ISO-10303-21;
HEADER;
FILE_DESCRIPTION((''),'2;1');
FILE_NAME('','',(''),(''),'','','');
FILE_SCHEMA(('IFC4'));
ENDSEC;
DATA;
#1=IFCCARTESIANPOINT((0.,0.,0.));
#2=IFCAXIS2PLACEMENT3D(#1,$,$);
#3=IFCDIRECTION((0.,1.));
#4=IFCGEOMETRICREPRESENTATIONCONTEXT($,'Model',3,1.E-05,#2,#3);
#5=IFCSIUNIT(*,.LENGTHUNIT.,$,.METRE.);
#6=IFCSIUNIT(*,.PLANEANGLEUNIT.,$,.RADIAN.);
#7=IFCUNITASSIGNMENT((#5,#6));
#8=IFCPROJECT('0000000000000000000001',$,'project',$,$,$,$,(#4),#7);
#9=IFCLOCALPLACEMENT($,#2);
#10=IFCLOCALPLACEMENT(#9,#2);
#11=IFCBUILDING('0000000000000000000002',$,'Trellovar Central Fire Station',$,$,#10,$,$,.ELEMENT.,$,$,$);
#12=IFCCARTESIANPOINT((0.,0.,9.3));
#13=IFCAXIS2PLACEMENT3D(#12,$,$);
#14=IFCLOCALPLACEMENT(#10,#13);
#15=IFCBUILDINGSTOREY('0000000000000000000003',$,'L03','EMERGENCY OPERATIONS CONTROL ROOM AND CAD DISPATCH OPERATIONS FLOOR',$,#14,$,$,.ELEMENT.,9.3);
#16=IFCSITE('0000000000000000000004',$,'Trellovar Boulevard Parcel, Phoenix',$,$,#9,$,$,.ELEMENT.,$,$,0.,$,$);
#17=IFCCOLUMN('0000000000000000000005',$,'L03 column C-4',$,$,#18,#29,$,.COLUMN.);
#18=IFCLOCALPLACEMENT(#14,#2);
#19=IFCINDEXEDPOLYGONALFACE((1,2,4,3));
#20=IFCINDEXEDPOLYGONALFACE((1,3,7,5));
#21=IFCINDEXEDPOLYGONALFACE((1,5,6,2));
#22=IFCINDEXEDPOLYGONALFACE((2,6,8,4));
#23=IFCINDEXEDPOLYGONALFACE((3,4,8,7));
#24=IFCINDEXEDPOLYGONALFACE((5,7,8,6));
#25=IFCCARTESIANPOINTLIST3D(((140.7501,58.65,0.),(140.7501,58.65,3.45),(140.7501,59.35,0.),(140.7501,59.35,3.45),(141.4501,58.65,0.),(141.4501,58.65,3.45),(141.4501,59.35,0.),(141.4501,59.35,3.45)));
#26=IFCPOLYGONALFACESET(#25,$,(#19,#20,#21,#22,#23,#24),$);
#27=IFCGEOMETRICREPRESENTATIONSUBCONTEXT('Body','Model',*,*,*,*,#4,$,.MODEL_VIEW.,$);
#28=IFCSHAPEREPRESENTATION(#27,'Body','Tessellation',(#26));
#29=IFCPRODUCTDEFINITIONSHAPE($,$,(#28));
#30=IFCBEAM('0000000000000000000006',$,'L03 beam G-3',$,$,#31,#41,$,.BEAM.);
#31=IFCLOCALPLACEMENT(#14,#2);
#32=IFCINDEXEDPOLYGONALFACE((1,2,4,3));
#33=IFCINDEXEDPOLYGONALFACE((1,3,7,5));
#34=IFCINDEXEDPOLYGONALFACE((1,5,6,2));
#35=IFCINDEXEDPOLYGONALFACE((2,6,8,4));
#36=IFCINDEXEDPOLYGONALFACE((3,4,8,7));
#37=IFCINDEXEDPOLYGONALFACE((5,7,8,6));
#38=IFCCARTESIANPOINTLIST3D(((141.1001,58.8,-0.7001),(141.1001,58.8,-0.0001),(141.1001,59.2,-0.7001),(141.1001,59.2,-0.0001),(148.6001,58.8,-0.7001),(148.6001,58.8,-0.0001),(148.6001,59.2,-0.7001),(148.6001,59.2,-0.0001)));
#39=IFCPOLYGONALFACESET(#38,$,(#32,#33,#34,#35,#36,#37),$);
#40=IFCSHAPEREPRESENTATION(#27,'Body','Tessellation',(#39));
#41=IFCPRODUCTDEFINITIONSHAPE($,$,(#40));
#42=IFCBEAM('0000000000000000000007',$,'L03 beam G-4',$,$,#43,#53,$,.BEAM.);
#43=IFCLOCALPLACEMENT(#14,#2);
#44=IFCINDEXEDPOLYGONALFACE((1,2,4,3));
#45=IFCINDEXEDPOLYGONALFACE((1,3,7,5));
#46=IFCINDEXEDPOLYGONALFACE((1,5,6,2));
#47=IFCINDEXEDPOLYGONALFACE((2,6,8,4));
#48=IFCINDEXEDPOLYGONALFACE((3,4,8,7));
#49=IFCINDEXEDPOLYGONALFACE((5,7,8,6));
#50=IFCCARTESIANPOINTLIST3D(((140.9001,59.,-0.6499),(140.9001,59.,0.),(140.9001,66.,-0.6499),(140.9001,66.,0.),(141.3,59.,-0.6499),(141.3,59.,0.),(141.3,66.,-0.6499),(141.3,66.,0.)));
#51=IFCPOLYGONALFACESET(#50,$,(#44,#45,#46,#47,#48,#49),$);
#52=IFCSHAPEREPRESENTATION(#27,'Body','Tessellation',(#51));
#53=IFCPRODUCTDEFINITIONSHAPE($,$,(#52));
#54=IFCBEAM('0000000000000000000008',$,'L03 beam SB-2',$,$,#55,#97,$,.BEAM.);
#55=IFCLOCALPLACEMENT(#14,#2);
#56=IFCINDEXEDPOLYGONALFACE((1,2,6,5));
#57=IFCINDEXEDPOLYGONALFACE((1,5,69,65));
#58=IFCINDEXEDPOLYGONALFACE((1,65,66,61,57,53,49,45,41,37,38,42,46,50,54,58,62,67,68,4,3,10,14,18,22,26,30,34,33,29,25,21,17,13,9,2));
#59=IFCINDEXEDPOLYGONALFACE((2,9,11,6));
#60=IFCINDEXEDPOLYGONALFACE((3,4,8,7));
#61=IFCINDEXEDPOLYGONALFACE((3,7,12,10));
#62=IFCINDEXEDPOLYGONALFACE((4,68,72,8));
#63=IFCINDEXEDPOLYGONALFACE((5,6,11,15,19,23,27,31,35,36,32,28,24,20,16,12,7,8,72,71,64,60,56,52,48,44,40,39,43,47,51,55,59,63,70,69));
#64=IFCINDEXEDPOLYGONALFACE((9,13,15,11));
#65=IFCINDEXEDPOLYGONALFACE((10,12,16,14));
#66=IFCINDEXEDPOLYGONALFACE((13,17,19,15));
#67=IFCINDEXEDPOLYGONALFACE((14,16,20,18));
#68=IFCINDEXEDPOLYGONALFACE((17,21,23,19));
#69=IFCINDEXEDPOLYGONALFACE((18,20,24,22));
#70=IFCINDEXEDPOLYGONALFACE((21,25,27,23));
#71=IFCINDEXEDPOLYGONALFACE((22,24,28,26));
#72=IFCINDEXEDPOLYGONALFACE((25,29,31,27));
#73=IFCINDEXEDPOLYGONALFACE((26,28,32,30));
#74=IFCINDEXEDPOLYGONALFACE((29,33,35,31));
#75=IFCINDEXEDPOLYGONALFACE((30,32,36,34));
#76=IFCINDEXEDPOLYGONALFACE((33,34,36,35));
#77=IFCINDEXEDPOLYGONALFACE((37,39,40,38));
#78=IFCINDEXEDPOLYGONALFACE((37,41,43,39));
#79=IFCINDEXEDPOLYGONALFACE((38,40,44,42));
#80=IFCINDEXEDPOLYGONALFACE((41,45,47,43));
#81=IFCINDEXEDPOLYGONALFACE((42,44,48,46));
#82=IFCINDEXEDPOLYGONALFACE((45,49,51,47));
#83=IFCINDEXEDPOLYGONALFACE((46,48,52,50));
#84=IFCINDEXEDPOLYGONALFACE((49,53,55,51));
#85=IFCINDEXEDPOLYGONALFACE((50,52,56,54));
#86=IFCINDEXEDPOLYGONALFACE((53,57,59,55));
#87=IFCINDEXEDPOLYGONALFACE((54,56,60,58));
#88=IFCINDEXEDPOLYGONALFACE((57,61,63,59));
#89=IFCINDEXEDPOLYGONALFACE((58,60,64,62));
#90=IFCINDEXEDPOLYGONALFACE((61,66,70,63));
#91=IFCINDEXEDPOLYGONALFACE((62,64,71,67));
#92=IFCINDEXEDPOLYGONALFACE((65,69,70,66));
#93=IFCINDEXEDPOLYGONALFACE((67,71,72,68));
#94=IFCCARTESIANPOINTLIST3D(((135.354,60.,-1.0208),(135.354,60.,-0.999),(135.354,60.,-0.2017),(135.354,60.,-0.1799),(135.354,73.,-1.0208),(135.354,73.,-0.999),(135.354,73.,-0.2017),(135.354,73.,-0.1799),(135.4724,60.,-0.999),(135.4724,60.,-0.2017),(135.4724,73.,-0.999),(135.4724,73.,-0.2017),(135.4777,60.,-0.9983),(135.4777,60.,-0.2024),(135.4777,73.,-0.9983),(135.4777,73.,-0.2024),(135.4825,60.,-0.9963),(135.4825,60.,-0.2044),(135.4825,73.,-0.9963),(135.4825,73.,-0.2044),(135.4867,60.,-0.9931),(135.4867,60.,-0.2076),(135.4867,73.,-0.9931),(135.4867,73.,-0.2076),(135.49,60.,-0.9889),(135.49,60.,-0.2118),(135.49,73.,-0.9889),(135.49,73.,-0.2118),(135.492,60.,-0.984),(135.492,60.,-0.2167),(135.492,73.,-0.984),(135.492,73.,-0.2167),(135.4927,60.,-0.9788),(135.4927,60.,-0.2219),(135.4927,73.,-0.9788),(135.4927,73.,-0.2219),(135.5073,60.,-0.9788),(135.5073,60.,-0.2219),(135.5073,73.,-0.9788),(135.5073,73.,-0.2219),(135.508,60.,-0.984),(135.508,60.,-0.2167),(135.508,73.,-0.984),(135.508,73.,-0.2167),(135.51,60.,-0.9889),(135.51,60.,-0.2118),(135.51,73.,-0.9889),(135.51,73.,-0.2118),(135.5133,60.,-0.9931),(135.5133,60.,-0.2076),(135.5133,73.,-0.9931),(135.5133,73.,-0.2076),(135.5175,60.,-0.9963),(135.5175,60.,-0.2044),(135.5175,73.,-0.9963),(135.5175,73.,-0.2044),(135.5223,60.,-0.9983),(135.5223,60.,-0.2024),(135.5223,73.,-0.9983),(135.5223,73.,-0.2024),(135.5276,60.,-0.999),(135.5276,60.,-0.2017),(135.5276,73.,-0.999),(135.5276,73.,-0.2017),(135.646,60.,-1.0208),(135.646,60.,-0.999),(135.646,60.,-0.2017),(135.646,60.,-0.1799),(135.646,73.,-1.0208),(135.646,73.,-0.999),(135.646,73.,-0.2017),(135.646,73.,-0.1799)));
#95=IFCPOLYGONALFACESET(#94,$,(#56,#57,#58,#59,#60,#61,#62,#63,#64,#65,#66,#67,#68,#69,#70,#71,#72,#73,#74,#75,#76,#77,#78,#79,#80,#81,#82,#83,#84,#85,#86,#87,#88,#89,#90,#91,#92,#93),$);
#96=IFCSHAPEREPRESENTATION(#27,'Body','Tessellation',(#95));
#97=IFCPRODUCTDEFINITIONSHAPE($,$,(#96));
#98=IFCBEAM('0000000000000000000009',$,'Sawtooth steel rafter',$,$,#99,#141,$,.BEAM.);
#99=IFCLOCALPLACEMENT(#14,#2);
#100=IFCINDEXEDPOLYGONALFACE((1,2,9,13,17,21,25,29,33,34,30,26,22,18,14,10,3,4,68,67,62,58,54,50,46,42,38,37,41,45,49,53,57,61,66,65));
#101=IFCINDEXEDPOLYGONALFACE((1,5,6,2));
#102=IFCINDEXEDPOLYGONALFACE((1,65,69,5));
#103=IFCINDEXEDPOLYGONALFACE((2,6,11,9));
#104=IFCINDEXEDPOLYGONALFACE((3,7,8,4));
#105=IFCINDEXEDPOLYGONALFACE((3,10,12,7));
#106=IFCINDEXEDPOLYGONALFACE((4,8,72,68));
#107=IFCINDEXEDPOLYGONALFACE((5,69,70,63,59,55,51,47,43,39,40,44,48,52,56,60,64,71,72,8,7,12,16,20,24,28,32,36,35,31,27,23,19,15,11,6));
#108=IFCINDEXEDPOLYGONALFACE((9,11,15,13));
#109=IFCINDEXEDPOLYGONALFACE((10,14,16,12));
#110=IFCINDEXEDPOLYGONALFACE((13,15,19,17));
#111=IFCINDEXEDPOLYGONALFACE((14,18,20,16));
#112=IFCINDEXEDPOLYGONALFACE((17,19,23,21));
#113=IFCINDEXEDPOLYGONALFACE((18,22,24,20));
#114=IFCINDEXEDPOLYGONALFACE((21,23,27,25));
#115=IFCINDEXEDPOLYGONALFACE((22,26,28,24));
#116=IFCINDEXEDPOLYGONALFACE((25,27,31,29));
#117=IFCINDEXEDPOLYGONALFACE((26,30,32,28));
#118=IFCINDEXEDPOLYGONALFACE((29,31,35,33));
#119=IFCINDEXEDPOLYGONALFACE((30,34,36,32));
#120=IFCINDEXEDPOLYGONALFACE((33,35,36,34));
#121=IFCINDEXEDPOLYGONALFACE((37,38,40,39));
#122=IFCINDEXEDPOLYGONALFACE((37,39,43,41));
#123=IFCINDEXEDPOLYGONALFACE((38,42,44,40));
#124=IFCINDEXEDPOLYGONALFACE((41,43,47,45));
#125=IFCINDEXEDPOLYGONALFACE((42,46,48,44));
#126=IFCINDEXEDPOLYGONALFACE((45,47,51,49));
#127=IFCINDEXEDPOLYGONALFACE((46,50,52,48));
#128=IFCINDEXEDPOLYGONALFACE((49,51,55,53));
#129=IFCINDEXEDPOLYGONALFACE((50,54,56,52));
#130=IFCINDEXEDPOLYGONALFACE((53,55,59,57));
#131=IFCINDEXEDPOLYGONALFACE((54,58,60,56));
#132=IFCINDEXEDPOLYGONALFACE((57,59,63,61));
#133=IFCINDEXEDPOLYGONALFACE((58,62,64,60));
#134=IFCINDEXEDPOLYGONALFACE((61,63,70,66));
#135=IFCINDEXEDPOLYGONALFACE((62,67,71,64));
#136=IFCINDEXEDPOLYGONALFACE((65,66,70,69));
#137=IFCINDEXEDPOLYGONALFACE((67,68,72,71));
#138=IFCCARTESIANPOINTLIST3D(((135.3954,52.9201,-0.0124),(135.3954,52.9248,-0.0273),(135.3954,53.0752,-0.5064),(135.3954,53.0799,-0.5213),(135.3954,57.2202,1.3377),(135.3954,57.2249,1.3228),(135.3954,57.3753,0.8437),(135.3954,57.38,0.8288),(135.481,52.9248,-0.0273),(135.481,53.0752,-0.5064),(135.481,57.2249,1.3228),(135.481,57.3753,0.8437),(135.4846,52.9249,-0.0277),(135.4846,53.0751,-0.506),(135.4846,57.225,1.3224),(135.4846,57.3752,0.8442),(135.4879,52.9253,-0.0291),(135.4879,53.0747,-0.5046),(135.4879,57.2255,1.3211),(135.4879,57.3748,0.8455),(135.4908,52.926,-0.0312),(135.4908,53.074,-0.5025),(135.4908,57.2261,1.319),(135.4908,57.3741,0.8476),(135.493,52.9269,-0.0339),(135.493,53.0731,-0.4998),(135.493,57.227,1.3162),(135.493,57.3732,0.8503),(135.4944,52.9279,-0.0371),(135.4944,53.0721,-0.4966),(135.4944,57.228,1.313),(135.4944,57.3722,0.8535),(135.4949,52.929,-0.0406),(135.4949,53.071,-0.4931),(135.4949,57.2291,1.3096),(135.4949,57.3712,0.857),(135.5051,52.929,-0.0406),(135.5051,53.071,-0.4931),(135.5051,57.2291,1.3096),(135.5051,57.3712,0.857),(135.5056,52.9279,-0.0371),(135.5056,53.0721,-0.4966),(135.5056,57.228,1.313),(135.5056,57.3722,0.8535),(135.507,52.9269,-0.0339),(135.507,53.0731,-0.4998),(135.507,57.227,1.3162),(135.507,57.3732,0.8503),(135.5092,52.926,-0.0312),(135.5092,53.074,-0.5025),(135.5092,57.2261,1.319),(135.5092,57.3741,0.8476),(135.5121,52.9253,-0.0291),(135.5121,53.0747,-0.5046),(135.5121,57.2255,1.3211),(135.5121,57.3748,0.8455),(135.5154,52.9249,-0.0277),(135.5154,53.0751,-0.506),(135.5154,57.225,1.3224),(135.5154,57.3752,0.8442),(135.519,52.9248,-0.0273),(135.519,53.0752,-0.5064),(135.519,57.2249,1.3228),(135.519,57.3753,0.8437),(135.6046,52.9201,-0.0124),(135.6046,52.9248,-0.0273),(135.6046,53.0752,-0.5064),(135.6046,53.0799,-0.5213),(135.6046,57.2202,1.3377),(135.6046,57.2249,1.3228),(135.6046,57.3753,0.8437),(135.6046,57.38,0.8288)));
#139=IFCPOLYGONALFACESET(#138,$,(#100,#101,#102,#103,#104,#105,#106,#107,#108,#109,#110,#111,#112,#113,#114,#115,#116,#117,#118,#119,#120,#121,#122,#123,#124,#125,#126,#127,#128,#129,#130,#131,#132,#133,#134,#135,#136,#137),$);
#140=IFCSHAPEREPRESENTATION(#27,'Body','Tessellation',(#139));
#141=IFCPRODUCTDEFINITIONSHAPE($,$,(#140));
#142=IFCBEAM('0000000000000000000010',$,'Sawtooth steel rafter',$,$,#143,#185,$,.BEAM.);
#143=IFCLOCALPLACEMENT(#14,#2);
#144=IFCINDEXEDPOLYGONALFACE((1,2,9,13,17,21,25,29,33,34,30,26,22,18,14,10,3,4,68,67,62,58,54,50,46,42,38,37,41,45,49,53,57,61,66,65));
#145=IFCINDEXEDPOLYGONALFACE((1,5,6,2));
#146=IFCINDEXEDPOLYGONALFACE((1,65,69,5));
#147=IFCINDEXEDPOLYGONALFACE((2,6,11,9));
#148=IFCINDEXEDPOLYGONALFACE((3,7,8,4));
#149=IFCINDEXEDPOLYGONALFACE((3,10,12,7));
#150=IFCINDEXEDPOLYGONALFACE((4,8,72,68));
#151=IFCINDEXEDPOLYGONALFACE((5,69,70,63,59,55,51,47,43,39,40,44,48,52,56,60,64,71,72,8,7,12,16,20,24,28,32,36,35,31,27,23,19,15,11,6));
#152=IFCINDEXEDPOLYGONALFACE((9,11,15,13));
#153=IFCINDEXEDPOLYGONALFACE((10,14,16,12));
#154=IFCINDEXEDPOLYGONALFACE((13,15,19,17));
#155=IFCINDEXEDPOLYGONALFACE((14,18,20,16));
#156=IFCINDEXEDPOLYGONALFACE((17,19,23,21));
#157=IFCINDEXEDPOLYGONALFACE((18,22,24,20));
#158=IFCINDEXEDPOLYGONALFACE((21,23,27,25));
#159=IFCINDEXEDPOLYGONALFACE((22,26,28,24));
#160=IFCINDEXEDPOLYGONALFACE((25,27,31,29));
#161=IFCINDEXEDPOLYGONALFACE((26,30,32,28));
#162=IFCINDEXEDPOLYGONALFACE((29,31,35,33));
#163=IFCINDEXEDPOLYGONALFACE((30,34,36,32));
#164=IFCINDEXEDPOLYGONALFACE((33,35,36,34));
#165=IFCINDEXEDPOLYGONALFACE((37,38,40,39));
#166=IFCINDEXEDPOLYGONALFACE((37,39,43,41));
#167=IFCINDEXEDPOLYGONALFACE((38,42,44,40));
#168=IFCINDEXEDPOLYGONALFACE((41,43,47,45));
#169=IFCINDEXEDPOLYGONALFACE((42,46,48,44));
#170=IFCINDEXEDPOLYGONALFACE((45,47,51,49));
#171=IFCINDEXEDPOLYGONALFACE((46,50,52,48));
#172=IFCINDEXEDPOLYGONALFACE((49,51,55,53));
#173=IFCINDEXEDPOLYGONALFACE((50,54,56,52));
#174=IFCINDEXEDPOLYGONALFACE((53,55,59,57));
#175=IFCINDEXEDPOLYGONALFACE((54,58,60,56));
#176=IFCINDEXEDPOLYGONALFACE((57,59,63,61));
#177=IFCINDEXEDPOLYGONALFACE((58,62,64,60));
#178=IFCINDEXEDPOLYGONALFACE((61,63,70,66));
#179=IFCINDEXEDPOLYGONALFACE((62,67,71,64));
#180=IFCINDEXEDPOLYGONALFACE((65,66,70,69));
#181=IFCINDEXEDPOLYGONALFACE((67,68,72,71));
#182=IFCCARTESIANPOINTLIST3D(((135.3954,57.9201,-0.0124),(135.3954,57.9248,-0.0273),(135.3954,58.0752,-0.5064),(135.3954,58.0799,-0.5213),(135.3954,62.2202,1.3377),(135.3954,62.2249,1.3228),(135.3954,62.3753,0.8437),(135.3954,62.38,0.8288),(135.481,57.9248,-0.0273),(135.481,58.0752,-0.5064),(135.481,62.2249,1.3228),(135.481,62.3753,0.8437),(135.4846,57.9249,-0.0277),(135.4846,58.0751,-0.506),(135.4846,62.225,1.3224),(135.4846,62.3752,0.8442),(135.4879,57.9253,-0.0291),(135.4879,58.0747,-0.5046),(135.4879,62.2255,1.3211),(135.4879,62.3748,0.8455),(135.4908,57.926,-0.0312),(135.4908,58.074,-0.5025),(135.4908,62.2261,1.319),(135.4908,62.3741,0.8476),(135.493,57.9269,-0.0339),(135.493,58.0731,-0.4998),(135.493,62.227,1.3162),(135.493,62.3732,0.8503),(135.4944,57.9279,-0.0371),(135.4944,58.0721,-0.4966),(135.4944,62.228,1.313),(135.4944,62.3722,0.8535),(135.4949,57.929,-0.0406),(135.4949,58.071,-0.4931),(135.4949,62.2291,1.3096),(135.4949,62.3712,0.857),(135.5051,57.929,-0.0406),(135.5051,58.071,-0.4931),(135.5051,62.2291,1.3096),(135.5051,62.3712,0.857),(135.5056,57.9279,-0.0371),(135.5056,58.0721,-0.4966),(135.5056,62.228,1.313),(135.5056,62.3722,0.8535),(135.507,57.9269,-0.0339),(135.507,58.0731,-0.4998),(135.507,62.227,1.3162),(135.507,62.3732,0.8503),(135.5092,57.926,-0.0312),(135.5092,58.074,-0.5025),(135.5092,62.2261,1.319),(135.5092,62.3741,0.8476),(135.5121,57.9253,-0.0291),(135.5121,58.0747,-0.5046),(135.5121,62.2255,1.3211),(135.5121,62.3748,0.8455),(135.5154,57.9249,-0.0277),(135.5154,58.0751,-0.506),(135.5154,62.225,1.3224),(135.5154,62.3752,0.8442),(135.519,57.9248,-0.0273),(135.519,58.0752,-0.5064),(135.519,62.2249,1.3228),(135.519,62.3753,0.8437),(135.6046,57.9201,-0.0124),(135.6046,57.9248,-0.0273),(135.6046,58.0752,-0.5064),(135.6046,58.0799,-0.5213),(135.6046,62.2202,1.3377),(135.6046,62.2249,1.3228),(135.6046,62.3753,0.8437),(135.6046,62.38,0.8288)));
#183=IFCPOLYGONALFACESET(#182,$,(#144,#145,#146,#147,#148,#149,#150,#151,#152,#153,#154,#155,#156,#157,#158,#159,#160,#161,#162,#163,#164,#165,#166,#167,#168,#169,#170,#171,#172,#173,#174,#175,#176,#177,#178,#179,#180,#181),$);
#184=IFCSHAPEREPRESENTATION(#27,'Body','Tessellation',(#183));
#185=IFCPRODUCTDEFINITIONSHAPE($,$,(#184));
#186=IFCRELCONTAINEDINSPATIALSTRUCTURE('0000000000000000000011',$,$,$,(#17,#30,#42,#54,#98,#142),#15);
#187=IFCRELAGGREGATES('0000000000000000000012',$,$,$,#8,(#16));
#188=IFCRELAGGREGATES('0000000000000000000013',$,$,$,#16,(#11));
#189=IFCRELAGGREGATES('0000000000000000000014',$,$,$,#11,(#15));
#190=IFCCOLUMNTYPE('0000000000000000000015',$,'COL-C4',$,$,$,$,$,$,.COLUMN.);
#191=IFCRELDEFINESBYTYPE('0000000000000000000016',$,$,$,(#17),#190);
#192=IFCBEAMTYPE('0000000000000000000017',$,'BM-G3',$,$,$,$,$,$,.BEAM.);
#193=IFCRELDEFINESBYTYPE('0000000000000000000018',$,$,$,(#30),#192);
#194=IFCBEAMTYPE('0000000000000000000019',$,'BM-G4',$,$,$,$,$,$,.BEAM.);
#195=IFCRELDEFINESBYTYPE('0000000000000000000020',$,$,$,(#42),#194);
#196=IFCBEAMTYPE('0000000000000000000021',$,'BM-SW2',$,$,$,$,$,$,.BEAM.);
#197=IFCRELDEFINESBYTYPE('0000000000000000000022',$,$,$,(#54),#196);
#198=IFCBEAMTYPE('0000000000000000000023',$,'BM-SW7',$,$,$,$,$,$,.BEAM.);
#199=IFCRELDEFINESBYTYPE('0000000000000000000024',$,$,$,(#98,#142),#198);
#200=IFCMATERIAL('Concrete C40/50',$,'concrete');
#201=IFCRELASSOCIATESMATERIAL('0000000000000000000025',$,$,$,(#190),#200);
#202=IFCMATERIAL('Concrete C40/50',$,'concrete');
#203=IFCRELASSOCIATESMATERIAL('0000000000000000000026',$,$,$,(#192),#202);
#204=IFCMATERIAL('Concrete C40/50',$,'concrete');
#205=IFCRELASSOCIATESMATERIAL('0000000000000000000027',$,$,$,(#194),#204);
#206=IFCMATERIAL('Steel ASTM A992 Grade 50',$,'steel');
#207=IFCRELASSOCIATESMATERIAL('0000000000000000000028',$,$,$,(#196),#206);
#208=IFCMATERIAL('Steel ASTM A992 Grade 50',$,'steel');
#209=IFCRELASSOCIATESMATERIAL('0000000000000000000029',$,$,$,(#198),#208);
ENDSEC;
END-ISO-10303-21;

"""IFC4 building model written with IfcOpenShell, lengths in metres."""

from ifc_helpers import new_model, si_unit, direction, frame, origin, origin_2d, place, context, subcontext, project, spatial, rectangle, i_section, extrude, material, material_profile, profile_set, type_object, element, save


model = new_model("IFC4")

# Units and contexts
model_context = context("Model", 3, precision=1e-05, world=origin(), true_north=direction((0.0, 1.0)))
body_context = subcontext(model_context, "Body", "Model", "MODEL_VIEW")
ifc_project = project(units=[si_unit("LENGTHUNIT", "METRE"), si_unit("PLANEANGLEUNIT", "RADIAN")], contexts=[model_context])

# Site, building, storey
site_placement = place(None, origin())
site = spatial("IfcSite", under=ifc_project, at=site_placement, Name="Trellovar Boulevard Parcel, Phoenix", CompositionType="ELEMENT", RefElevation=0.0)
building_placement = place(site_placement, origin())
building = spatial("IfcBuilding", under=site, at=building_placement, Name="Trellovar Central Fire Station", CompositionType="ELEMENT")
storey_placement = place(building_placement, frame((0.0, 0.0, 9.3)))
storey = spatial("IfcBuildingStorey", under=building, at=storey_placement, Name="L03", Description="EMERGENCY OPERATIONS CONTROL ROOM AND CAD DISPATCH OPERATIONS FLOOR", CompositionType="ELEMENT", Elevation=9.3)

# Column
ifc_material_1 = material(Name="Concrete C40/50", Category="concrete")
ifc_material_profile_1 = material_profile(ifc_material_1, rectangle(XDim=0.7, YDim=0.7, at=origin_2d()), Name="RC700X700")
ifc_profile_set_1 = profile_set([ifc_material_profile_1], Name="Concrete C40/50")
column_type = type_object("IfcColumnType", Name="COL-C4", PredefinedType="COLUMN", material=ifc_profile_set_1)
column_placement = place(storey_placement, frame((141.1001, 59.0, 0.0), z_axis=(0.0, 0.0, 1.0), x_axis=(1.0, 0.0, 0.0)))
element("IfcColumn", 1, at=column_placement, inside=storey, type_object=column_type, Name="L03 column C-4", PredefinedType="COLUMN", context=body_context, shape_type="SweptSolid", body=[
    extrude(rectangle(XDim=0.7, YDim=0.7, at=origin_2d()), origin(), (0.0, 0.0, 1.0), 3.45),
])

# Beams
ifc_material_2 = material(Name="Concrete C40/50", Category="concrete")
ifc_material_profile_2 = material_profile(ifc_material_2, rectangle(XDim=0.3999, YDim=0.7, at=origin_2d()), Name="RC400X700")
ifc_profile_set_2 = profile_set([ifc_material_profile_2], Name="Concrete C40/50")
beam_type_1 = type_object("IfcBeamType", Name="BM-G3", PredefinedType="BEAM", material=ifc_profile_set_2)
beam_1_placement = place(storey_placement, frame((141.1001, 59.0, -0.3501), z_axis=(1.0, 0.0, 0.0), x_axis=(0.0, 1.0, 0.0)))
element("IfcBeam", 2, at=beam_1_placement, inside=storey, type_object=beam_type_1, Name="L03 beam G-3", PredefinedType="BEAM", context=body_context, shape_type="SweptSolid", body=[
    extrude(rectangle(XDim=0.3999, YDim=0.7, at=origin_2d()), origin(), (0.0, 0.0, 1.0), 7.5),
])
ifc_material_3 = material(Name="Concrete C40/50", Category="concrete")
ifc_material_profile_3 = material_profile(ifc_material_3, rectangle(XDim=0.3999, YDim=0.6499, at=origin_2d()), Name="RC400X650")
ifc_profile_set_3 = profile_set([ifc_material_profile_3], Name="Concrete C40/50")
beam_type_2 = type_object("IfcBeamType", Name="BM-G4", PredefinedType="BEAM", material=ifc_profile_set_3)
beam_2_placement = place(storey_placement, frame((141.1001, 59.0, -0.325), z_axis=(0.0, 1.0, 0.0), x_axis=(-1.0, 0.0, 0.0)))
element("IfcBeam", 3, at=beam_2_placement, inside=storey, type_object=beam_type_2, Name="L03 beam G-4", PredefinedType="BEAM", context=body_context, shape_type="SweptSolid", body=[
    extrude(rectangle(XDim=0.3999, YDim=0.6499, at=origin_2d()), origin(), (0.0, 0.0, 1.0), 7.0),
])
ifc_material_4 = material(Name="Steel ASTM A992 Grade 50", Category="steel")
ifc_material_profile_4 = material_profile(ifc_material_4, i_section(OverallWidth=0.292, OverallDepth=0.8408, WebThickness=0.0146, FlangeThickness=0.0217, FilletRadius=0.0203, at=origin_2d()), Name="W33X130")
ifc_profile_set_4 = profile_set([ifc_material_profile_4], Name="Steel ASTM A992 Grade 50")
beam_type_3 = type_object("IfcBeamType", Name="BM-SW2", PredefinedType="BEAM", material=ifc_profile_set_4)
beam_3_placement = place(storey_placement, frame((135.5, 60.0, -0.6003), z_axis=(0.0, 1.0, 0.0), x_axis=(-1.0, 0.0, 0.0)))
element("IfcBeam", 4, at=beam_3_placement, inside=storey, type_object=beam_type_3, Name="L03 beam SB-2", PredefinedType="BEAM", context=body_context, shape_type="SweptSolid", body=[
    extrude(i_section(OverallWidth=0.292, OverallDepth=0.8408, WebThickness=0.0146, FlangeThickness=0.0217, FilletRadius=0.0203, at=origin_2d()), origin(), (0.0, 0.0, 1.0), 13.0),
])
ifc_material_5 = material(Name="Steel ASTM A992 Grade 50", Category="steel")
ifc_material_profile_5 = material_profile(ifc_material_5, i_section(OverallWidth=0.2092, OverallDepth=0.5334, WebThickness=0.0103, FlangeThickness=0.0156, FilletRadius=0.0139, at=origin_2d()), Name="W21X62")
ifc_profile_set_5 = profile_set([ifc_material_profile_5], Name="Steel ASTM A992 Grade 50")
beam_type_4 = type_object("IfcBeamType", Name="BM-SW7", PredefinedType="BEAM", material=ifc_profile_set_5)
for number, where, z_axis, x_axis, name in (
    (5, (135.5, 53.0, -0.2668), (0.0, 0.954079, 0.299555), (-1.0, 0.0, 0.0), "Sawtooth steel rafter"),
    (6, (135.5, 58.0, -0.2668), (0.0, 0.954079, 0.299555), (-1.0, 0.0, 0.0), "Sawtooth steel rafter"),
):
    element("IfcBeam", number, at=place(storey_placement, frame(where, z_axis=z_axis, x_axis=x_axis)), inside=storey, type_object=beam_type_4, Name=name, PredefinedType="BEAM", context=body_context, shape_type="SweptSolid", body=[
        extrude(i_section(OverallWidth=0.2092, OverallDepth=0.5334, WebThickness=0.0103, FlangeThickness=0.0156, FilletRadius=0.0139, at=origin_2d()), origin(), (0.0, 0.0, 1.0), 4.5071),
    ])

save(model, "model.ifc")
